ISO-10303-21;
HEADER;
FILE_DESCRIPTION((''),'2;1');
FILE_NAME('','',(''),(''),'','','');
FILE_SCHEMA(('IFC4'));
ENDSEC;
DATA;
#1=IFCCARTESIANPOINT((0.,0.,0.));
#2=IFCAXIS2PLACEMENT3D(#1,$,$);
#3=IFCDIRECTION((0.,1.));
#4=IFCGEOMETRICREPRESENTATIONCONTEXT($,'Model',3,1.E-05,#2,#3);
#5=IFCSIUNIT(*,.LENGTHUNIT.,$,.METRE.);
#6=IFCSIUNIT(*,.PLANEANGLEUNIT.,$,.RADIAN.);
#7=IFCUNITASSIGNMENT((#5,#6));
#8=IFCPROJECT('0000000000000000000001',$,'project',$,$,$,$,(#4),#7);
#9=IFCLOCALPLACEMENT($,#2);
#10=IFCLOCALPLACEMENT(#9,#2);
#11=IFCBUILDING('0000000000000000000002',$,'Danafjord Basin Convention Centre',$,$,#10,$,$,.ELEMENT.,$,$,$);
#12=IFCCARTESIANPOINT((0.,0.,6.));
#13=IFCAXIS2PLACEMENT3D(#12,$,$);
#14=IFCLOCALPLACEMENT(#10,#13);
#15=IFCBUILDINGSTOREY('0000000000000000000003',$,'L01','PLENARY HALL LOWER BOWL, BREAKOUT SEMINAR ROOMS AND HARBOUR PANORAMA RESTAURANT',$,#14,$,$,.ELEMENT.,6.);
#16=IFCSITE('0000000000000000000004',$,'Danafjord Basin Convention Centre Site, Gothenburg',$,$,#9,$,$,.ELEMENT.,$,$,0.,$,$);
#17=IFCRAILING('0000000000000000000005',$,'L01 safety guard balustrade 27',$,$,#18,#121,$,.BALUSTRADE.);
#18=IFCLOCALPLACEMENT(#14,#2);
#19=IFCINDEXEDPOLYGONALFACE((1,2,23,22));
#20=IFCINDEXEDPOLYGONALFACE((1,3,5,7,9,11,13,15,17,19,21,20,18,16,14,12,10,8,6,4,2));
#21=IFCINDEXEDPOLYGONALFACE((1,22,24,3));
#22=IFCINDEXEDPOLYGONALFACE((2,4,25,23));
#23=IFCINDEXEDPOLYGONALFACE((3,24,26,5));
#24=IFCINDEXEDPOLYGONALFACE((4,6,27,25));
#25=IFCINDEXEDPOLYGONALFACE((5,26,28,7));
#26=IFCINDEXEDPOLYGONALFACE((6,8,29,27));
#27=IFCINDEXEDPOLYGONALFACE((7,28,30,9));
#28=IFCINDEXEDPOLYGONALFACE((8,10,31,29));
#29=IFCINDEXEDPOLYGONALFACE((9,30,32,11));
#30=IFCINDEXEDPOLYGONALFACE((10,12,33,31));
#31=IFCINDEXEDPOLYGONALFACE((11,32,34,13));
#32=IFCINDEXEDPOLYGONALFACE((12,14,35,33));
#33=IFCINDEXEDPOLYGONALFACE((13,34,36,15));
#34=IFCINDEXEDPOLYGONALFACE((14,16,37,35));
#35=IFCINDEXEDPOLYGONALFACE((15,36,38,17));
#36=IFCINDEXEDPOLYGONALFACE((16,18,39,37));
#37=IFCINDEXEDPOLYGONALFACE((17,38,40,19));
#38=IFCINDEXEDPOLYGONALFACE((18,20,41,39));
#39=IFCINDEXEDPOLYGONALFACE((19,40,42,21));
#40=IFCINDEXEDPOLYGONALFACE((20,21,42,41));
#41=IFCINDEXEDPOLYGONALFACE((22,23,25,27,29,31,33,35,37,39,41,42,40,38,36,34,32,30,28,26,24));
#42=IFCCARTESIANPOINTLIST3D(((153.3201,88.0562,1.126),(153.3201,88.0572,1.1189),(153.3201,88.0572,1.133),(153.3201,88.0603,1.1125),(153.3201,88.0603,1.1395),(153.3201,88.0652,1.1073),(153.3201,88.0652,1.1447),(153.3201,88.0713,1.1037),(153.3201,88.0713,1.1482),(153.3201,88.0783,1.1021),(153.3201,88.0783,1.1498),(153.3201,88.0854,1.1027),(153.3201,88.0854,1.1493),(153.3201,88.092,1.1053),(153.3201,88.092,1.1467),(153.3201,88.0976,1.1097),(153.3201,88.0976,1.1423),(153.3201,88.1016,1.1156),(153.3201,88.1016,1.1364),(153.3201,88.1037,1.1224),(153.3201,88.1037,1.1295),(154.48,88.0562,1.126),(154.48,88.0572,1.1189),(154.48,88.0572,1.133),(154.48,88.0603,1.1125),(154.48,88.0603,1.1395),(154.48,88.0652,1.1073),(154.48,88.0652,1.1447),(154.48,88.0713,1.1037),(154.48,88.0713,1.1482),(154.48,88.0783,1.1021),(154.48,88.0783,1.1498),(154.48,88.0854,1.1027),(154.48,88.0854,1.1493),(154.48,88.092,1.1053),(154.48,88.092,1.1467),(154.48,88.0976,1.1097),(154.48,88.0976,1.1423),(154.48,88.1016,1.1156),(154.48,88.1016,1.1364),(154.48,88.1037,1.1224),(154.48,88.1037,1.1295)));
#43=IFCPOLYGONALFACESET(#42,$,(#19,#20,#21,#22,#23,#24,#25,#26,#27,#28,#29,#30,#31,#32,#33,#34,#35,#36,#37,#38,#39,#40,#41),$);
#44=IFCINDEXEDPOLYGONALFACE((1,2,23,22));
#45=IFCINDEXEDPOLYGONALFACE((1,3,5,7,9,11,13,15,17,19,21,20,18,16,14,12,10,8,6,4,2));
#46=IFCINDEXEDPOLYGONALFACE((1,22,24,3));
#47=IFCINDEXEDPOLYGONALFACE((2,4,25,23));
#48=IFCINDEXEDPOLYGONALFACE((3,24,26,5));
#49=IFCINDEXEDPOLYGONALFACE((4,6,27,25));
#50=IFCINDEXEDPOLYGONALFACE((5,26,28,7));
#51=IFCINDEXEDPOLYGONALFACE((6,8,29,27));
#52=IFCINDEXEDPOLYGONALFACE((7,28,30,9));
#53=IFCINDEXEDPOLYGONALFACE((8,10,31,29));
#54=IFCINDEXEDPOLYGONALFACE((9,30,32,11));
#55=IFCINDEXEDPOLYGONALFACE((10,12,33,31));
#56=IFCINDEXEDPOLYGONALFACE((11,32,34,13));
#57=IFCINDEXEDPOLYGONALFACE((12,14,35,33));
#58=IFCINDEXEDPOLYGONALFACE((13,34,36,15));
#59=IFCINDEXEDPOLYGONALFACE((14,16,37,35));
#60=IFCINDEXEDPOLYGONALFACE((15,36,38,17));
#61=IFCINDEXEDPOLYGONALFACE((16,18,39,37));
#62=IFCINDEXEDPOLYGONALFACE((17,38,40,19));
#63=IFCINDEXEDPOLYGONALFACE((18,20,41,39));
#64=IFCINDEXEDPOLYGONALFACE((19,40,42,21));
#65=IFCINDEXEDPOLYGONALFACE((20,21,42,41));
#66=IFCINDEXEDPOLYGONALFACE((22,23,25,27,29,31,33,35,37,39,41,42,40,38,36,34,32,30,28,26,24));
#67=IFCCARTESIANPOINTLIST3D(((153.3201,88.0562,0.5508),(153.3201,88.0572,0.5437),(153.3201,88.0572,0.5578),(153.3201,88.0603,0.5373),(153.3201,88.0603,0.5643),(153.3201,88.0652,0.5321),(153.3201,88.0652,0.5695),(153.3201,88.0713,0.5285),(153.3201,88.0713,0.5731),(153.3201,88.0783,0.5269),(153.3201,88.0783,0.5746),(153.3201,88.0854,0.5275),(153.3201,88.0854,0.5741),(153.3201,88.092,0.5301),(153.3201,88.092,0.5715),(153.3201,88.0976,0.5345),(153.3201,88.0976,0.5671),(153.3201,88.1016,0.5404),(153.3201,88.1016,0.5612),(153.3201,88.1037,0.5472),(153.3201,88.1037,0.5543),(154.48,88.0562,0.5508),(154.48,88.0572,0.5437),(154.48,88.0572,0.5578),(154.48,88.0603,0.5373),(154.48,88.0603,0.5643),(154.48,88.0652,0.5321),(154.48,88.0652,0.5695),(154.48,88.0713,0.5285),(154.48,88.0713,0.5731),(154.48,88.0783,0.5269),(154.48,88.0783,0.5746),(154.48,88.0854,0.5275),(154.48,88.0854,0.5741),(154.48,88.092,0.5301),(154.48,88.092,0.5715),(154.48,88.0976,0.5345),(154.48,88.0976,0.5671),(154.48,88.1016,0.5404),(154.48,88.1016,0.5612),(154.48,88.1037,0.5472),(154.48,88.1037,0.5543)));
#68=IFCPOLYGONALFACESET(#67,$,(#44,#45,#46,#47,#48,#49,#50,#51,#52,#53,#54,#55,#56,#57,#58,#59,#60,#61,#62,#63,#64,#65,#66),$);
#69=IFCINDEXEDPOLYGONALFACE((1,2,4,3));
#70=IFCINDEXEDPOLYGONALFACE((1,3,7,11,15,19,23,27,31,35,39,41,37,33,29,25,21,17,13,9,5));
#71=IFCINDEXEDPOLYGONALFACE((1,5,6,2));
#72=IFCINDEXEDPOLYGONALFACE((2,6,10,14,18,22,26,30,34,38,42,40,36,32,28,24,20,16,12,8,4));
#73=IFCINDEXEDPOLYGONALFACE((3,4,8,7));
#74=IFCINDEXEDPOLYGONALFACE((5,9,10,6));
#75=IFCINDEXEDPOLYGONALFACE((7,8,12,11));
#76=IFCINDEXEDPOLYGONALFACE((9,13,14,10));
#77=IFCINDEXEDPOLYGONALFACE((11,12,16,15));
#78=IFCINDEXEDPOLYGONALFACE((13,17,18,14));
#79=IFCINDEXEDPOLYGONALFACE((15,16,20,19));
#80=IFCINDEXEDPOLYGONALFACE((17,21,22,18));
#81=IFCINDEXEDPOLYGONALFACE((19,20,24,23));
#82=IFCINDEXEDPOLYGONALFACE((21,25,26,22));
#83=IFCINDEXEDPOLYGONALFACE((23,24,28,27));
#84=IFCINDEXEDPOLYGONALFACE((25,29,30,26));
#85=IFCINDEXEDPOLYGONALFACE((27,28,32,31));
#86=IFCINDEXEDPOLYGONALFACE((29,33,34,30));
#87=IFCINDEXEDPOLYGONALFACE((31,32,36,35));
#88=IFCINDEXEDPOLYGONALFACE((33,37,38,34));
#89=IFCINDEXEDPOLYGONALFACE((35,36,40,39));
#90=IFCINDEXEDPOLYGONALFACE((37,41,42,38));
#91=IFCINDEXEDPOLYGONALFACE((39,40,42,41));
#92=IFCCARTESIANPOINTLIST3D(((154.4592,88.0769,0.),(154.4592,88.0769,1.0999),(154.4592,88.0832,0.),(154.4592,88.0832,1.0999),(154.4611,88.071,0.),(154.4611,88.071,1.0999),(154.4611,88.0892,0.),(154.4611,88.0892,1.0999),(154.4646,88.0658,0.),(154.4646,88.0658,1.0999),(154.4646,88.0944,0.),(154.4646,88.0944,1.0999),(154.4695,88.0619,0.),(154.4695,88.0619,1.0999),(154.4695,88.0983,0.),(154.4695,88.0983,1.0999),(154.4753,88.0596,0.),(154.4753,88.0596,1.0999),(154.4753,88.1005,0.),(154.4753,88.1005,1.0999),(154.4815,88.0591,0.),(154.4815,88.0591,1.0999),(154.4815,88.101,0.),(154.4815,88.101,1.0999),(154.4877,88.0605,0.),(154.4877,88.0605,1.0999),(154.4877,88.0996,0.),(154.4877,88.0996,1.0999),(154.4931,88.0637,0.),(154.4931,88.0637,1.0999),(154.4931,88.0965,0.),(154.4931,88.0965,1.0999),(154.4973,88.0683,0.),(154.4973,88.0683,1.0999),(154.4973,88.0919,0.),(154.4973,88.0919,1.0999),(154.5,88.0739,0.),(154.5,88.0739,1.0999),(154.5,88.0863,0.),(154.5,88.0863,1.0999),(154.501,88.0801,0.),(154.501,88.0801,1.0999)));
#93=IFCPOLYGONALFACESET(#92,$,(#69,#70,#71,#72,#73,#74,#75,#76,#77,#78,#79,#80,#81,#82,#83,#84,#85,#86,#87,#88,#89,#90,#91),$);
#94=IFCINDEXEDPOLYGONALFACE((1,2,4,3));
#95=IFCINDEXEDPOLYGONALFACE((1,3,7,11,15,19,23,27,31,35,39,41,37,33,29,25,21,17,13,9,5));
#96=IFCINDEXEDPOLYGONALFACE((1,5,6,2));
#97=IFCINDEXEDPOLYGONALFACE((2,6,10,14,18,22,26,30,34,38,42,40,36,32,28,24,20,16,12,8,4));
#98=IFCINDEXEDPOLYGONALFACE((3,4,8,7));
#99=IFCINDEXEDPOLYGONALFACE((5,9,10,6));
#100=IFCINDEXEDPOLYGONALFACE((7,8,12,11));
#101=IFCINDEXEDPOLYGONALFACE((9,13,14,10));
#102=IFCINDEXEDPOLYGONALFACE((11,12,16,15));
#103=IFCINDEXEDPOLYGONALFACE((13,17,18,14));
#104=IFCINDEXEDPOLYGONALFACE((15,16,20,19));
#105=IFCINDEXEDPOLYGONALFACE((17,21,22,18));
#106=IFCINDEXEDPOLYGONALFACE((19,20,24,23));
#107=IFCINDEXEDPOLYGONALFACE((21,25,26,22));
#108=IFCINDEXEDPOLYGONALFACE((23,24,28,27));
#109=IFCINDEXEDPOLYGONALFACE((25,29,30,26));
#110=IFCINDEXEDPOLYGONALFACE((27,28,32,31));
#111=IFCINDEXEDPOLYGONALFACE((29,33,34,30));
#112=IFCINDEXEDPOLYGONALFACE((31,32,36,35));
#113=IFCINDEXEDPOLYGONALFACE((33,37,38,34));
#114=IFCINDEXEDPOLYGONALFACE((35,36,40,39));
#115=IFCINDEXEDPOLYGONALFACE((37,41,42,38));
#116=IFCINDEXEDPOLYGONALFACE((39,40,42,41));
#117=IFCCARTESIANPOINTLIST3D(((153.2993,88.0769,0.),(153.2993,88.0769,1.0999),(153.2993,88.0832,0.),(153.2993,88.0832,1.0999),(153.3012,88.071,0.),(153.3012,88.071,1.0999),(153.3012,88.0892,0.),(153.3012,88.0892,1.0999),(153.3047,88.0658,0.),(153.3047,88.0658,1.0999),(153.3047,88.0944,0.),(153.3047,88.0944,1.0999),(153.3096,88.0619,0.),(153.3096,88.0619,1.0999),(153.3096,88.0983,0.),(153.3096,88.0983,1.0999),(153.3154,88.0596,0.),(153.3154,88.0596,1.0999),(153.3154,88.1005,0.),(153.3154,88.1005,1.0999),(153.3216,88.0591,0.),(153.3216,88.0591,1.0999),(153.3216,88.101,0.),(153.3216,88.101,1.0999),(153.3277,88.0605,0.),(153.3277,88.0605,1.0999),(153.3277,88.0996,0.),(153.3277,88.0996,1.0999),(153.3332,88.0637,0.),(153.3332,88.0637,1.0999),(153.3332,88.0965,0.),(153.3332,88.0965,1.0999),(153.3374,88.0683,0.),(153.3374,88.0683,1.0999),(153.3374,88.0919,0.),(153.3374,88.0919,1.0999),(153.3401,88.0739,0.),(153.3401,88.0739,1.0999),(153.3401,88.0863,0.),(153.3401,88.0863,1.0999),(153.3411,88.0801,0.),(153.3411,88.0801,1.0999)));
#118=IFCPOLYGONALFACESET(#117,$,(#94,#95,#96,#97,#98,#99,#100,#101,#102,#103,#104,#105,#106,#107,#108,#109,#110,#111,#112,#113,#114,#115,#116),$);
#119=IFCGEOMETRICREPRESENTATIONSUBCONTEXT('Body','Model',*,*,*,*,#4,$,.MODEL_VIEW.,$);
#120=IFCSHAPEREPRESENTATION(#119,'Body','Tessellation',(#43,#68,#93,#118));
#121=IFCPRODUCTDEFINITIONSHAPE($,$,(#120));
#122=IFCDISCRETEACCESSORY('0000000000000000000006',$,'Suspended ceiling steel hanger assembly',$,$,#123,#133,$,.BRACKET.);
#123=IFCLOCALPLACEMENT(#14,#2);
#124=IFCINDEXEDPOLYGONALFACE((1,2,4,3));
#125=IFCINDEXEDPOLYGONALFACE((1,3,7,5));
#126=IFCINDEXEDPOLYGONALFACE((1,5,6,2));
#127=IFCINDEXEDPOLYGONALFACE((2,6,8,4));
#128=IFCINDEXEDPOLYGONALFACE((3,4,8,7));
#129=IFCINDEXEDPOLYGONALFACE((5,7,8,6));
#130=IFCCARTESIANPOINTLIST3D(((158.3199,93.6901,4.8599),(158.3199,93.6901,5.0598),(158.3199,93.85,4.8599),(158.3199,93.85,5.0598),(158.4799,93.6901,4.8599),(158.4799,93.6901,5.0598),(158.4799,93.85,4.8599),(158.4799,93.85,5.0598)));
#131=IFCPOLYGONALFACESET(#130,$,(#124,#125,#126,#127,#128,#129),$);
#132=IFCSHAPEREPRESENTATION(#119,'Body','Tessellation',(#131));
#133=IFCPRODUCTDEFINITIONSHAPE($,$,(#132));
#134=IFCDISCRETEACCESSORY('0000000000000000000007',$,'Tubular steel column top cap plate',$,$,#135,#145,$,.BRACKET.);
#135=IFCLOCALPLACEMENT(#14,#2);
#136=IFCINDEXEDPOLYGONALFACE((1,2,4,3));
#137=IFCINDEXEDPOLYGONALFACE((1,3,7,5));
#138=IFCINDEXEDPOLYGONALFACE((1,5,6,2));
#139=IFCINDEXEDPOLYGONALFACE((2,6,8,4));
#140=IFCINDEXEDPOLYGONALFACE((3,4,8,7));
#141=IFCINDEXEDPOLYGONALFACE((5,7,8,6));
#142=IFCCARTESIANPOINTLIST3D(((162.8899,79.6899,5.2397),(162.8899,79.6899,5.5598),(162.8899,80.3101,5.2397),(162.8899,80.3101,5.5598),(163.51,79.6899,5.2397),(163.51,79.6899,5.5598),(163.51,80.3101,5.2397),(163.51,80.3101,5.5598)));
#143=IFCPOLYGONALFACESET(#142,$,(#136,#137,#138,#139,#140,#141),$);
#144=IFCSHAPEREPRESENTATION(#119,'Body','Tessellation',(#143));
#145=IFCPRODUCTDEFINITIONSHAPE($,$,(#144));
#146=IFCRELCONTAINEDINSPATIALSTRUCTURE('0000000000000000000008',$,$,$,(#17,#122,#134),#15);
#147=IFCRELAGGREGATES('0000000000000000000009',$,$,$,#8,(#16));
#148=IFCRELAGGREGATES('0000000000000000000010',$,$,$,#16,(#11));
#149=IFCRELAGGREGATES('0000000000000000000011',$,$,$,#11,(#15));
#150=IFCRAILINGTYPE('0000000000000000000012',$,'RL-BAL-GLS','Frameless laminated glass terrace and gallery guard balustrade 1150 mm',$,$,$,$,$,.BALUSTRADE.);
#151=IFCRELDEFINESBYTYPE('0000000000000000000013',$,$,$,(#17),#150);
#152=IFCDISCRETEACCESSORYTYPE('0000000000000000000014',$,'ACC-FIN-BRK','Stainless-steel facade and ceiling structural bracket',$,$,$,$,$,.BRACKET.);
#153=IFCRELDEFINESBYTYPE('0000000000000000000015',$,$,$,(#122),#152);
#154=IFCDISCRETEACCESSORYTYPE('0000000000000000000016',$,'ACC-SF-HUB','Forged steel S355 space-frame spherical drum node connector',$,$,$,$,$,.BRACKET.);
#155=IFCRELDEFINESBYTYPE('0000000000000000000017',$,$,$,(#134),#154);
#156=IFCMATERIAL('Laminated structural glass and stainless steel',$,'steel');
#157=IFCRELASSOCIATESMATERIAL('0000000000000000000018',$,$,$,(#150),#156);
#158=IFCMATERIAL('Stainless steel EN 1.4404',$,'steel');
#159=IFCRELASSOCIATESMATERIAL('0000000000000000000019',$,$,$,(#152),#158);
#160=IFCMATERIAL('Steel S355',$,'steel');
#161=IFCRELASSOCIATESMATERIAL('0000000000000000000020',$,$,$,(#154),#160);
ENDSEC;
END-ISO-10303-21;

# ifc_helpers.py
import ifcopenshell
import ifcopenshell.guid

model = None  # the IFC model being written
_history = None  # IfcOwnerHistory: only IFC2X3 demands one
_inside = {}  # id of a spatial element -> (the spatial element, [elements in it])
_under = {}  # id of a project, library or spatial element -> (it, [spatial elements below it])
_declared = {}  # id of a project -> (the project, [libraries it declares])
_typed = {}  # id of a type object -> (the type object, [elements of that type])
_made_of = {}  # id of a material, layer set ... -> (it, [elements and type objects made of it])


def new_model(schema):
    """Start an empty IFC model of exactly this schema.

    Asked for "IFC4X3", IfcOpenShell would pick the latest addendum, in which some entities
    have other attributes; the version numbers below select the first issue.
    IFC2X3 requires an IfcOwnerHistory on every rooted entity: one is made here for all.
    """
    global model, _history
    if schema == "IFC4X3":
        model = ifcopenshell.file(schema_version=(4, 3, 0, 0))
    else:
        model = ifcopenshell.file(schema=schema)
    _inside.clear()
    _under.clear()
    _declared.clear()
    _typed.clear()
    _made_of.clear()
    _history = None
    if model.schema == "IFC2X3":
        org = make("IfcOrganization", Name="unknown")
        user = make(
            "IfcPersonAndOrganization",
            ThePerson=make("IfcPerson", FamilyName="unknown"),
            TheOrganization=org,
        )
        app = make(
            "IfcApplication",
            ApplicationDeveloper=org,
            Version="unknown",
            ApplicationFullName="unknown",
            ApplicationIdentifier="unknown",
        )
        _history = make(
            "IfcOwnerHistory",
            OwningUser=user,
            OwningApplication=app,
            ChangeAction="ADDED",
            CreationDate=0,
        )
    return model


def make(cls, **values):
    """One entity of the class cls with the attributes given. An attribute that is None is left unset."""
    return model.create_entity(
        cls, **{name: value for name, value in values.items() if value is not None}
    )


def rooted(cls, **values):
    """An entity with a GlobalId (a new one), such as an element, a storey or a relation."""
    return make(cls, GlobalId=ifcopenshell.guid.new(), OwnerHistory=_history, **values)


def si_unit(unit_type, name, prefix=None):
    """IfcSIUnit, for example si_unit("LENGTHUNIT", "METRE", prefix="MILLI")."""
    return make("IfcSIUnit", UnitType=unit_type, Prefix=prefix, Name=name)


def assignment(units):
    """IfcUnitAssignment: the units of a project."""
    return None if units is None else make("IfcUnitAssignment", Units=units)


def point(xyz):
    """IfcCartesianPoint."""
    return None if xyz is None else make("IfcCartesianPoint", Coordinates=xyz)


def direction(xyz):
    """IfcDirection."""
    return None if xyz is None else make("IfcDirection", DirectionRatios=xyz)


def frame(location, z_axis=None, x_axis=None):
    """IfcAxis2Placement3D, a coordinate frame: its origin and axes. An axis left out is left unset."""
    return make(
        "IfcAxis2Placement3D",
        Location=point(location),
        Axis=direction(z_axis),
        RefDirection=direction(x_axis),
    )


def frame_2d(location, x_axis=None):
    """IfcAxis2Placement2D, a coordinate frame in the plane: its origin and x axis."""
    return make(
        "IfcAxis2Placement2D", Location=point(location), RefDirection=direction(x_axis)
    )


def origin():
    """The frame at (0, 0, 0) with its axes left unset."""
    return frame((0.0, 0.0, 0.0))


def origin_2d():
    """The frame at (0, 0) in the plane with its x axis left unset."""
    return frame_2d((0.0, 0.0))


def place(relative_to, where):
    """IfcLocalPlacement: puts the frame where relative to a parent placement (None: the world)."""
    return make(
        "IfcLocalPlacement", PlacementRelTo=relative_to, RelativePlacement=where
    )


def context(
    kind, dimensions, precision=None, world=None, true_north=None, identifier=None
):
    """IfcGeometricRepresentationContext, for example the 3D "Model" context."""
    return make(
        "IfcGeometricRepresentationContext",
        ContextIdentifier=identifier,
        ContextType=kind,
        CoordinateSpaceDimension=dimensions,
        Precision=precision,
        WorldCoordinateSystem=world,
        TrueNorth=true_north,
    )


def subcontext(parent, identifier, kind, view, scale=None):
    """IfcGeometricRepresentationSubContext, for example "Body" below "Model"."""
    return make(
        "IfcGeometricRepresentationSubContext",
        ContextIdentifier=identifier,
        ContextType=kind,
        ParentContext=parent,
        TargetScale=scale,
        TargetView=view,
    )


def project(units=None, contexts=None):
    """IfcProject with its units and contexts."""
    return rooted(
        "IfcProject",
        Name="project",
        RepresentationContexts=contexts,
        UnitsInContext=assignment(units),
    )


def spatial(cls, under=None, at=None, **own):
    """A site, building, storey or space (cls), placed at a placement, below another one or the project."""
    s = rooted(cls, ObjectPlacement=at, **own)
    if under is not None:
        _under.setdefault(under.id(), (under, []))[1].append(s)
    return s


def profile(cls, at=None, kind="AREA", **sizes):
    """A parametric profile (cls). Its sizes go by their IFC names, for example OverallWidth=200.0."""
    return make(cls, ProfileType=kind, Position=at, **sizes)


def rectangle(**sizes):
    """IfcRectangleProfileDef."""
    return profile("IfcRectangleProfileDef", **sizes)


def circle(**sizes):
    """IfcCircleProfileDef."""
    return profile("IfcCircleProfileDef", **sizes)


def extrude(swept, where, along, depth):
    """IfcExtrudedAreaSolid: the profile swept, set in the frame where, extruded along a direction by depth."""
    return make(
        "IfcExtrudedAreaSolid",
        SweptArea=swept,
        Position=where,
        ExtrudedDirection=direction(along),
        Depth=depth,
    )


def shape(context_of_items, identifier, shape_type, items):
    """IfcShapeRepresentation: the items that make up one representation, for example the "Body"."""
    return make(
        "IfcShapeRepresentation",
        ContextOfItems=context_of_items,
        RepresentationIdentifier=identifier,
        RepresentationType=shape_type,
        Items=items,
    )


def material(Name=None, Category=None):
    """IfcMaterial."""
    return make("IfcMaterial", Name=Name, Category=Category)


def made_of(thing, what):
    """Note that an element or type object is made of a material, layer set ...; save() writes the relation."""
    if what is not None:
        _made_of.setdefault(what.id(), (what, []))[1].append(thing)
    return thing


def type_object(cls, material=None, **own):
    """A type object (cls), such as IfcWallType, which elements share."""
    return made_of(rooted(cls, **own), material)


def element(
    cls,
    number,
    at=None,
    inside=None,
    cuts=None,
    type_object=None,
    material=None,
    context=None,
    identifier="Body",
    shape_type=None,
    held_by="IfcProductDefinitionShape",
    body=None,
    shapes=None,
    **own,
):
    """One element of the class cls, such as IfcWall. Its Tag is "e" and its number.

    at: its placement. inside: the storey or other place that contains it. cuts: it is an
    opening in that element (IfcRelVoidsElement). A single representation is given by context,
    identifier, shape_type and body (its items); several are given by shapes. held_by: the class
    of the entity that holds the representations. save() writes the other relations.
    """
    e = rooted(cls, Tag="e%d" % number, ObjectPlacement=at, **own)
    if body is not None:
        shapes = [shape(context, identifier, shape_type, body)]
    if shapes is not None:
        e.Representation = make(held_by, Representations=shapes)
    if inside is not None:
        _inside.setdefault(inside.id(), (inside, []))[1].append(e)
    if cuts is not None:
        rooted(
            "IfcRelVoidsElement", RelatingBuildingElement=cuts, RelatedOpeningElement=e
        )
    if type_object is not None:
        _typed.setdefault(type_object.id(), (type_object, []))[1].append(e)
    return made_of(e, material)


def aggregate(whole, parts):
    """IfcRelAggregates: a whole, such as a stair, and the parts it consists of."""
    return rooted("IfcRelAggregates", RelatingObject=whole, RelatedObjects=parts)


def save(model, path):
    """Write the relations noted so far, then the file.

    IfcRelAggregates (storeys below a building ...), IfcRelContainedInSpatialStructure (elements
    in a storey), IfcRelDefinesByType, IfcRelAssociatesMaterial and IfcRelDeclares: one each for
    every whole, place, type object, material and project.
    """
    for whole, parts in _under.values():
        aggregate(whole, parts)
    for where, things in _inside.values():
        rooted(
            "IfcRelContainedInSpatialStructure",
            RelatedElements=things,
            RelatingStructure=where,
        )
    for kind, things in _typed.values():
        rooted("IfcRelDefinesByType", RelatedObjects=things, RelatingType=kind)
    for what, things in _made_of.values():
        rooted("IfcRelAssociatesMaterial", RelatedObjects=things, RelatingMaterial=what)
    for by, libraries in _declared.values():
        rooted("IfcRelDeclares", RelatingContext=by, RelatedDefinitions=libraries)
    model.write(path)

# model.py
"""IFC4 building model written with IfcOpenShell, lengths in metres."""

from ifc_helpers import new_model, si_unit, direction, frame, origin, origin_2d, place, context, subcontext, project, spatial, rectangle, circle, extrude, material, type_object, element, save


model = new_model("IFC4")

# Units and contexts
model_context = context("Model", 3, precision=1e-05, world=origin(), true_north=direction((0.0, 1.0)))
body_context = subcontext(model_context, "Body", "Model", "MODEL_VIEW")
ifc_project = project(units=[si_unit("LENGTHUNIT", "METRE"), si_unit("PLANEANGLEUNIT", "RADIAN")], contexts=[model_context])

# Site, building, storey
site_placement = place(None, origin())
site = spatial("IfcSite", under=ifc_project, at=site_placement, Name="Danafjord Basin Convention Centre Site, Gothenburg", CompositionType="ELEMENT", RefElevation=0.0)
building_placement = place(site_placement, origin())
building = spatial("IfcBuilding", under=site, at=building_placement, Name="Danafjord Basin Convention Centre", CompositionType="ELEMENT")
storey_placement = place(building_placement, frame((0.0, 0.0, 6.0)))
storey = spatial("IfcBuildingStorey", under=building, at=storey_placement, Name="L01", Description="PLENARY HALL LOWER BOWL, BREAKOUT SEMINAR ROOMS AND HARBOUR PANORAMA RESTAURANT", CompositionType="ELEMENT", Elevation=6.0)

# Shared definitions
ifc_material_1 = material(Name="Steel S355", Category="steel")

# Railing
ifc_material_2 = material(Name="Laminated structural glass and stainless steel", Category="steel")
railing_type = type_object("IfcRailingType", Name="RL-BAL-GLS", Description="Frameless laminated glass terrace and gallery guard balustrade 1150 mm", PredefinedType="BALUSTRADE", material=ifc_material_2)
railing_placement = place(storey_placement, frame((154.48, 88.0801, 0.0)))
element("IfcRailing", 1, at=railing_placement, inside=storey, type_object=railing_type, Name="L01 safety guard balustrade 27", PredefinedType="BALUSTRADE", context=body_context, shape_type="SweptSolid", body=[
    extrude(circle(Radius=0.0239, at=origin_2d()), frame((0.0, 0.0, 1.126), z_axis=(-1.0, 0.0, 0.0), x_axis=(0.0, -1.0, 0.0)), (0.0, 0.0, 1.0), 1.1599),
    extrude(circle(Radius=0.0239, at=origin_2d()), frame((0.0, 0.0, 0.5508), z_axis=(-1.0, 0.0, 0.0), x_axis=(0.0, -1.0, 0.0)), (0.0, 0.0, 1.0), 1.1599),
    extrude(circle(Radius=0.021, at=origin_2d()), origin(), (0.0, 0.0, 1.0), 1.0999),
    extrude(circle(Radius=0.021, at=origin_2d()), frame((-1.1599, 0.0, 0.0)), (0.0, 0.0, 1.0), 1.0999),
])

# Discrete accessories
ifc_material_3 = material(Name="Stainless steel EN 1.4404", Category="steel")
discrete_accessory_type_1 = type_object("IfcDiscreteAccessoryType", Name="ACC-FIN-BRK", Description="Stainless-steel facade and ceiling structural bracket", PredefinedType="BRACKET", material=ifc_material_3)
discrete_accessory_1_placement = place(storey_placement, frame((158.3999, 93.77, 4.8599), z_axis=(0.0, 0.0, 1.0), x_axis=(1.0, 0.0, 0.0)))
element("IfcDiscreteAccessory", 2, at=discrete_accessory_1_placement, inside=storey, type_object=discrete_accessory_type_1, Name="Suspended ceiling steel hanger assembly", PredefinedType="BRACKET", context=body_context, shape_type="SweptSolid", body=[
    extrude(rectangle(XDim=0.1599, YDim=0.1599, at=origin_2d()), origin(), (0.0, 0.0, 1.0), 0.2),
])
discrete_accessory_type_2 = type_object("IfcDiscreteAccessoryType", Name="ACC-SF-HUB", Description="Forged steel S355 space-frame spherical drum node connector", PredefinedType="BRACKET", material=ifc_material_1)
discrete_accessory_2_placement = place(storey_placement, frame((163.2, 80.0, 5.2397), z_axis=(0.0, 0.0, 1.0), x_axis=(1.0, 0.0, 0.0)))
element("IfcDiscreteAccessory", 3, at=discrete_accessory_2_placement, inside=storey, type_object=discrete_accessory_type_2, Name="Tubular steel column top cap plate", PredefinedType="BRACKET", context=body_context, shape_type="SweptSolid", body=[
    extrude(rectangle(XDim=0.6201, YDim=0.6201, at=origin_2d()), origin(), (0.0, 0.0, 1.0), 0.3201),
])

save(model, "model.ifc")
